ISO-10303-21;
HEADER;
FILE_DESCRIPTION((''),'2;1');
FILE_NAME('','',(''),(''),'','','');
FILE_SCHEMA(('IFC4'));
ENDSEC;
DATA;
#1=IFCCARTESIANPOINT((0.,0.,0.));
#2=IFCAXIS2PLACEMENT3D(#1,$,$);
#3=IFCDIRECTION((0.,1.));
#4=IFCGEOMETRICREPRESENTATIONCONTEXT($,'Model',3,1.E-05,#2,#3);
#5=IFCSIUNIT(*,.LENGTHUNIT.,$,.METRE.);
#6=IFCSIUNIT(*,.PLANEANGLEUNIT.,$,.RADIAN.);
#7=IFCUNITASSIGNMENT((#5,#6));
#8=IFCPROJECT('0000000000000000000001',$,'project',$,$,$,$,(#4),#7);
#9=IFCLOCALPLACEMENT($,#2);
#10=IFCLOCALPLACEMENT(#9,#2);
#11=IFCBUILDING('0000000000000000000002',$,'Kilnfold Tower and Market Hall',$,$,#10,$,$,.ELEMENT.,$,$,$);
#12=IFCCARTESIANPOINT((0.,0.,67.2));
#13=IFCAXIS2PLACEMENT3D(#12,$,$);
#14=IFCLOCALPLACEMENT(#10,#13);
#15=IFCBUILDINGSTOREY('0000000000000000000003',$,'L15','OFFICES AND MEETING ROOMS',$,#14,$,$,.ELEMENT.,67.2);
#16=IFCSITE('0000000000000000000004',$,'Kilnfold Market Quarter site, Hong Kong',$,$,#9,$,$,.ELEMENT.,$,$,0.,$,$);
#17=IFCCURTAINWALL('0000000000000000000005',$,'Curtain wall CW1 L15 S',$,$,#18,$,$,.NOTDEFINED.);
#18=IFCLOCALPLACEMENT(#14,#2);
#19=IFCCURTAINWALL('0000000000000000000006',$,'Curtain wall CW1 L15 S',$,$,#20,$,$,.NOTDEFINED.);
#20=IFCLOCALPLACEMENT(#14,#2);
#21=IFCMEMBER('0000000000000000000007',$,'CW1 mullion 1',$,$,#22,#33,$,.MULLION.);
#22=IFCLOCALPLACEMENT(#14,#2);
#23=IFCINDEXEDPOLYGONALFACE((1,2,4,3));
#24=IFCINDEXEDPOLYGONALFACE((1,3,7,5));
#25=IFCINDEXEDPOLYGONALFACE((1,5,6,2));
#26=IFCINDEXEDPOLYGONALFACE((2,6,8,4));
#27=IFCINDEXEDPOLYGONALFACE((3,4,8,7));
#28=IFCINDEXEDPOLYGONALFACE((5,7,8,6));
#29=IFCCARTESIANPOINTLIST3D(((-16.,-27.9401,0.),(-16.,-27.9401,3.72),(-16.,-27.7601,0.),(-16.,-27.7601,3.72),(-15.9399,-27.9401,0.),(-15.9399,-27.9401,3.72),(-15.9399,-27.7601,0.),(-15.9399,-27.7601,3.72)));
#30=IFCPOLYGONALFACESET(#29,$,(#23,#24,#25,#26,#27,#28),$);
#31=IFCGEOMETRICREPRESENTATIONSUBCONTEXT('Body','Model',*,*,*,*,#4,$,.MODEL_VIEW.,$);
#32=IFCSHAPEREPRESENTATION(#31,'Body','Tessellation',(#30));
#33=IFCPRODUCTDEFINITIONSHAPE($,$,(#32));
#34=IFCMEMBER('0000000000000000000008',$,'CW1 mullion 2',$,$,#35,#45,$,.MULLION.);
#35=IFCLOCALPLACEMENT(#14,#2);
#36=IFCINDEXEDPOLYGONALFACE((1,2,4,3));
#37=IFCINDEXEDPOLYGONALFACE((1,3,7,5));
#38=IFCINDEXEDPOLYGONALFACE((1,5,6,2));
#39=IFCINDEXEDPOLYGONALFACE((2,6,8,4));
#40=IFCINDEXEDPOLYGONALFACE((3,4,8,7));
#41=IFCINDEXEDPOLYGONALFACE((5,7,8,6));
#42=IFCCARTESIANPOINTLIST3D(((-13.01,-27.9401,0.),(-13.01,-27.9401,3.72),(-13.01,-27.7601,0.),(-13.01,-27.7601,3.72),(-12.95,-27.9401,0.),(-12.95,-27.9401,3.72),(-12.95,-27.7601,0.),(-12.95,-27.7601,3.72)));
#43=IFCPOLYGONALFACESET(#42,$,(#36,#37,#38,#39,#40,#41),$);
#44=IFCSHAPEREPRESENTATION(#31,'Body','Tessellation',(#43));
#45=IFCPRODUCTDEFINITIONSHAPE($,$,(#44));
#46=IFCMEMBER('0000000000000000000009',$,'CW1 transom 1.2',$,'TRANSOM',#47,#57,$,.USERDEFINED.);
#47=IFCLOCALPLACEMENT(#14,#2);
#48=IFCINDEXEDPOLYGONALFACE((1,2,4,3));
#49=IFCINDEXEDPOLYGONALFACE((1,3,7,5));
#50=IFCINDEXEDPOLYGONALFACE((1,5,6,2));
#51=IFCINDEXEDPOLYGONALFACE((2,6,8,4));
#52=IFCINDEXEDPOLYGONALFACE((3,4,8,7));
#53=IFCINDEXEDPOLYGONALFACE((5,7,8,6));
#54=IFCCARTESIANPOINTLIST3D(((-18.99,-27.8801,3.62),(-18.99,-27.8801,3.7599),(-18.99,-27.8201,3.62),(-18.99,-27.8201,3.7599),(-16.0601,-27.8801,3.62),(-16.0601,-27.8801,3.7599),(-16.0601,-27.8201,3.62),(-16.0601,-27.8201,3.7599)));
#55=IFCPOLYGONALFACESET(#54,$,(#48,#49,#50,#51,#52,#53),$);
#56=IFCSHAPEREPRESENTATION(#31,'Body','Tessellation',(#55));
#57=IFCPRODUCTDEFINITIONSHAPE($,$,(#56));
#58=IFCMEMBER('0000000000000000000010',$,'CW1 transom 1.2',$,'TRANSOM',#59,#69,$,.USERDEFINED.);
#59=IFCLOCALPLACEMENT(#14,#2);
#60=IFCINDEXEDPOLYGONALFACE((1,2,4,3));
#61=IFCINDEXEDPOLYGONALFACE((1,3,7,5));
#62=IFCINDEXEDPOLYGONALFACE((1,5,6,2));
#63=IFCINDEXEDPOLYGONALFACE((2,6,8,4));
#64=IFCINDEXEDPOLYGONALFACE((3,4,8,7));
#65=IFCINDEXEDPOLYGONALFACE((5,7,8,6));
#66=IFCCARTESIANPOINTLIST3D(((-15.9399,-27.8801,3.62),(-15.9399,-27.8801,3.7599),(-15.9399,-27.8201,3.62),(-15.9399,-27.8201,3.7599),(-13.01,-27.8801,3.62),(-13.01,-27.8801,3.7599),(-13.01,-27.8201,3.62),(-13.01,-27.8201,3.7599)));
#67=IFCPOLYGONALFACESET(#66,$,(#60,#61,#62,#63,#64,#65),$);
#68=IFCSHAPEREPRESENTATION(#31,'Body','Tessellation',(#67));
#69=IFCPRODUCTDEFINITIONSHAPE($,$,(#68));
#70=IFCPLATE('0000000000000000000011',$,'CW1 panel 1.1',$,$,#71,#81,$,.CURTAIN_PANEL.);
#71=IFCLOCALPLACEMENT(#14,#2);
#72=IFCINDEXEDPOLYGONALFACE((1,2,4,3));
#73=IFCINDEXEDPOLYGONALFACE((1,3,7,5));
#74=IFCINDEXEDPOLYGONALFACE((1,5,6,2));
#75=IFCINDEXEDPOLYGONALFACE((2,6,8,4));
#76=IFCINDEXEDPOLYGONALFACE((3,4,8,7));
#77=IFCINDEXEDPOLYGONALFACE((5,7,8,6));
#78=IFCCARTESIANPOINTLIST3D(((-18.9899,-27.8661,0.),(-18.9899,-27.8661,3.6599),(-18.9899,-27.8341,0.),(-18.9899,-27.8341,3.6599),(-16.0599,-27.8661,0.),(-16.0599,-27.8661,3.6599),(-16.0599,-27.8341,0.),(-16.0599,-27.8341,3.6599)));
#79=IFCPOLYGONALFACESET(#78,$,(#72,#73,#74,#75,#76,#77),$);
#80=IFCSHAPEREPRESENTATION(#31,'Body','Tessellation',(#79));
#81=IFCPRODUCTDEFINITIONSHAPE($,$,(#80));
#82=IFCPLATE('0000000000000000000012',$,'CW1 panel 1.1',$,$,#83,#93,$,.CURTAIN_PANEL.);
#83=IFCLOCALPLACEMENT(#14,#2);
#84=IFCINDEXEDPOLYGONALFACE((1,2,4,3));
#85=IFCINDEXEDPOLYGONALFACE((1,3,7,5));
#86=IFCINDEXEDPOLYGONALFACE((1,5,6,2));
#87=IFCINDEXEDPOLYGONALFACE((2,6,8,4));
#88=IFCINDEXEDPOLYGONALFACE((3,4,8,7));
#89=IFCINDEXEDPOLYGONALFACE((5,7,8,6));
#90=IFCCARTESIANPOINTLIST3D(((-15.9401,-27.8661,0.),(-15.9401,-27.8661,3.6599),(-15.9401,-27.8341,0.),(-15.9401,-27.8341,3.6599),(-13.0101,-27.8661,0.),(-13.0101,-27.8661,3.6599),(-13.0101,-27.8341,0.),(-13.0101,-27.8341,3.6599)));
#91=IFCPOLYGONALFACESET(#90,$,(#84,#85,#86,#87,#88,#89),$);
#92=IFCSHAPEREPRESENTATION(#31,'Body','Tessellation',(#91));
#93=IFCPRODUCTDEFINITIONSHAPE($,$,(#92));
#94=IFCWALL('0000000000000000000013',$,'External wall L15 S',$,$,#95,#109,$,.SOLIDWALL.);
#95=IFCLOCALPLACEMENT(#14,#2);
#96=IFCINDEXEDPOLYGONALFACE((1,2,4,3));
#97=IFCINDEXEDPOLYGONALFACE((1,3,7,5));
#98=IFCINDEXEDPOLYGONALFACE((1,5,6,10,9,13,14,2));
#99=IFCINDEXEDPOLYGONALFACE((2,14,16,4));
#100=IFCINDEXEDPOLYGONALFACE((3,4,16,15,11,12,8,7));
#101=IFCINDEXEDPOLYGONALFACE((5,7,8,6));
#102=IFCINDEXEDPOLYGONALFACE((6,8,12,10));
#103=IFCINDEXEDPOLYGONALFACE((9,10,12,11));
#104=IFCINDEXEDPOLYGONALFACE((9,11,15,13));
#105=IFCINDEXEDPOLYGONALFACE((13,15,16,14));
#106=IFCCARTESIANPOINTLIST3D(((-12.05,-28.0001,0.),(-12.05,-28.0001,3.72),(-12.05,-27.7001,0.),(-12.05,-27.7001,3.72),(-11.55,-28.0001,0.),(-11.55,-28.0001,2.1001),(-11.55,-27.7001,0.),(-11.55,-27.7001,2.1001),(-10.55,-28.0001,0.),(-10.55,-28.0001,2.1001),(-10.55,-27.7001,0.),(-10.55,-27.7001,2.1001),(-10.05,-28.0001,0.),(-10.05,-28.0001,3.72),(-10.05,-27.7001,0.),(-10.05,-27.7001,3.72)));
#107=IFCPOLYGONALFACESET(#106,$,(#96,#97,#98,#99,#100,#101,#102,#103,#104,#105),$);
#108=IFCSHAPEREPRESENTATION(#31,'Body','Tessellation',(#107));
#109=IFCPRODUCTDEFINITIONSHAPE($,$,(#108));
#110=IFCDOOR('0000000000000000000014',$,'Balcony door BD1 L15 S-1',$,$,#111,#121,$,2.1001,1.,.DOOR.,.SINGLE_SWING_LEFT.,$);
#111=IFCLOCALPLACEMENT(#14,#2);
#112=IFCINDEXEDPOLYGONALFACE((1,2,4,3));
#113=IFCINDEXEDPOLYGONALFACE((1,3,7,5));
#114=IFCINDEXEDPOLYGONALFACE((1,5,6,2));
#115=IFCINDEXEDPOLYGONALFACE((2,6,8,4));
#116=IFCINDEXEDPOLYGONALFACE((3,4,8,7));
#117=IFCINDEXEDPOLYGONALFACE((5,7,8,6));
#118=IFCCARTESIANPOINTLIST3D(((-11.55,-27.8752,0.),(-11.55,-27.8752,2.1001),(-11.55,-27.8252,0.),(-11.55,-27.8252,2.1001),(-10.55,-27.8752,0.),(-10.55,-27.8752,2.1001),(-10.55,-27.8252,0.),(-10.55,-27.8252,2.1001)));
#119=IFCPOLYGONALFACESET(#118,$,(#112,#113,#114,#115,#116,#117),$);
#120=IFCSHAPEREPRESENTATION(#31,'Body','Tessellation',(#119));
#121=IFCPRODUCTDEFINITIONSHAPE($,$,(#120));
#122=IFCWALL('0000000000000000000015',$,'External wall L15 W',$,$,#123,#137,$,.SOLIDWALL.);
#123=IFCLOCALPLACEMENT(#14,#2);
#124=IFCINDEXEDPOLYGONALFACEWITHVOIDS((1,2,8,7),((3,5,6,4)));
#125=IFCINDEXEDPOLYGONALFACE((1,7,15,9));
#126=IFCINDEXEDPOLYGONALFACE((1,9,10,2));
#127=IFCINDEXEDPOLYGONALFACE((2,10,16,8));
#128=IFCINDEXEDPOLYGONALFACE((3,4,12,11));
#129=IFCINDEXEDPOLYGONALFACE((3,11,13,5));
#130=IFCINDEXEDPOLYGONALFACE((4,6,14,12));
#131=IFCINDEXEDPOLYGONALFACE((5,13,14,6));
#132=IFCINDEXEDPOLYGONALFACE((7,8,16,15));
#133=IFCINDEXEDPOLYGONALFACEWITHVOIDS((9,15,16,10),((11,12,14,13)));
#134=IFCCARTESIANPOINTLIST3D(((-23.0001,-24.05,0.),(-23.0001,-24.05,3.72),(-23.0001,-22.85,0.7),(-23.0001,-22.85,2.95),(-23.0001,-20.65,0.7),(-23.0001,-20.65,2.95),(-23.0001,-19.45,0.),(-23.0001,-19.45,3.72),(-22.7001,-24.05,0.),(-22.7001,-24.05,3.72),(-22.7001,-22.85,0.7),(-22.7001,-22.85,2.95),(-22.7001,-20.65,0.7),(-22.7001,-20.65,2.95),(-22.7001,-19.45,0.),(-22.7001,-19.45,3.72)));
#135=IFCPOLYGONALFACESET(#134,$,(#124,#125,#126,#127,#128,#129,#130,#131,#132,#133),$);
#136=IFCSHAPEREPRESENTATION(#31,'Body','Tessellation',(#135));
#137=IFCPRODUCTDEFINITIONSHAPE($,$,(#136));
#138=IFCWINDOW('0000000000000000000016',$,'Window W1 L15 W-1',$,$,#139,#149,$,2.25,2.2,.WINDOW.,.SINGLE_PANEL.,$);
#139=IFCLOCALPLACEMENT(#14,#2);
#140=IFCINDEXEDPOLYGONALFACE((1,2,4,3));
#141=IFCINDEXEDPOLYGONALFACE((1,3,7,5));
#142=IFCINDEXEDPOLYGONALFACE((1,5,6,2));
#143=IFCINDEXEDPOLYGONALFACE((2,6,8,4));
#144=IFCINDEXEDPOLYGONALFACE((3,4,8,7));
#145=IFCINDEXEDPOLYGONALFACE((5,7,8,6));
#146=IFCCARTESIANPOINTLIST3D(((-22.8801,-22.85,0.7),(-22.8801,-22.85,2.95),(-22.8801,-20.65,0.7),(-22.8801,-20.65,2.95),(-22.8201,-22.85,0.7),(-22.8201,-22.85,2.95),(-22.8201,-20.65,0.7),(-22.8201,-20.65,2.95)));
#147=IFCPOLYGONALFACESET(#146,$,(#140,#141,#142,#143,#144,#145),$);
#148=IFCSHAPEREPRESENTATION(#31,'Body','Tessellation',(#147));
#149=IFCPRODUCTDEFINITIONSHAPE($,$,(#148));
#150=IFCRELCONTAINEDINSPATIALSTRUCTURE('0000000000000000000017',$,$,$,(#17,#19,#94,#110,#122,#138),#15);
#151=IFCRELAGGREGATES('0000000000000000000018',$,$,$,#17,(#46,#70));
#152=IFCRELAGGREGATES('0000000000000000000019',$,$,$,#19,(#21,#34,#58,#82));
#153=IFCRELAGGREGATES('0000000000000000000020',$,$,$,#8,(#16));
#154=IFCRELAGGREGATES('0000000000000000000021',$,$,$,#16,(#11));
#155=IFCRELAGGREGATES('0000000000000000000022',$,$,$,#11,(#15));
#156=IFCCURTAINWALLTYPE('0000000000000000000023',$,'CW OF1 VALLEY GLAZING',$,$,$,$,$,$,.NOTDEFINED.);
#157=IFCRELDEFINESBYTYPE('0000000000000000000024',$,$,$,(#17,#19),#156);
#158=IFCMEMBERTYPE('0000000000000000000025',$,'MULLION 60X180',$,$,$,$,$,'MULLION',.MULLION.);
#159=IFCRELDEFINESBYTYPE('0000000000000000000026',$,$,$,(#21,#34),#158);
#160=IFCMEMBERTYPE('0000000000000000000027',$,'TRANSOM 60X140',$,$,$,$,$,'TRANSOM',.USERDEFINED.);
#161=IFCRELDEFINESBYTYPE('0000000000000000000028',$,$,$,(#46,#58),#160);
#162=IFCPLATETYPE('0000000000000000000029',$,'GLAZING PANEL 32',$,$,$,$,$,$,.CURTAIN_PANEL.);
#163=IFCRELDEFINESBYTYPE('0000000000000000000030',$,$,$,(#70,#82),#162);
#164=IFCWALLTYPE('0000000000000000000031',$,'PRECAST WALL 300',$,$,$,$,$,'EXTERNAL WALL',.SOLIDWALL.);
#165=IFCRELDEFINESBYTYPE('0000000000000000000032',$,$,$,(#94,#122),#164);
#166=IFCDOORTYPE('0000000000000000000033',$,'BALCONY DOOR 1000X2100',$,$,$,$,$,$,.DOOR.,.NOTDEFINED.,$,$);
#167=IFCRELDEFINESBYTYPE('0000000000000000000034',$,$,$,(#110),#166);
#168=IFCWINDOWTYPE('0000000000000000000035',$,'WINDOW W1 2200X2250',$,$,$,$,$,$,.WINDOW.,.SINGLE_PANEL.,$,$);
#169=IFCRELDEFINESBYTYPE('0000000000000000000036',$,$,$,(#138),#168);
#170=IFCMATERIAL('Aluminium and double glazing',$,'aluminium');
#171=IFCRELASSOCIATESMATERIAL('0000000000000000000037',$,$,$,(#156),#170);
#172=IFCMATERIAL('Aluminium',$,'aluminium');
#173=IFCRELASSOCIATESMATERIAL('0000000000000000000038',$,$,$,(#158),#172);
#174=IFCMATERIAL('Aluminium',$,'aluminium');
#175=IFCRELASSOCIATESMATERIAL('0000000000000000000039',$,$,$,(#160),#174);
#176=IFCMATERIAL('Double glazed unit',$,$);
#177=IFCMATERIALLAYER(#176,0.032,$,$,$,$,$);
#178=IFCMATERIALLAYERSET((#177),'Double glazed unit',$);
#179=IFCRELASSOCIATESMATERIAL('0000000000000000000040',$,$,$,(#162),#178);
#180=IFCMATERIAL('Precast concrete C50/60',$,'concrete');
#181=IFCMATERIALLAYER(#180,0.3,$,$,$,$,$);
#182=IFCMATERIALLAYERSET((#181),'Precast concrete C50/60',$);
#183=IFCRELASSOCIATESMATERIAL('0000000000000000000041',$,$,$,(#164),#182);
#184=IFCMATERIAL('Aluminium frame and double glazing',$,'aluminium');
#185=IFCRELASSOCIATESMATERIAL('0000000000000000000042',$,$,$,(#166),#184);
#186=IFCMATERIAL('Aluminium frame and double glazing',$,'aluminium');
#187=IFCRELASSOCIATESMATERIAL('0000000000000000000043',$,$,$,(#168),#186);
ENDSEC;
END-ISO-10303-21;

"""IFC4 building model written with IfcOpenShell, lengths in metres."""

from ifc_helpers import new_model, si_unit, direction, frame, frame_2d, origin, origin_2d, place, context, subcontext, project, spatial, rectangle, extrude, source, transform, mapped, material, layer, layer_set, material_profile, profile_set, type_object, element, fill, aggregate, save


model = new_model("IFC4")

# Units and contexts
model_context = context("Model", 3, precision=1e-05, world=origin(), true_north=direction((0.0, 1.0)))
body_context = subcontext(model_context, "Body", "Model", "MODEL_VIEW")
ifc_project = project(units=[si_unit("LENGTHUNIT", "METRE"), si_unit("PLANEANGLEUNIT", "RADIAN")], contexts=[model_context])

# Site, building, storey
site_placement = place(None, origin())
site = spatial("IfcSite", under=ifc_project, at=site_placement, Name="Kilnfold Market Quarter site, Hong Kong", CompositionType="ELEMENT", RefElevation=0.0)
building_placement = place(site_placement, origin())
building = spatial("IfcBuilding", under=site, at=building_placement, Name="Kilnfold Tower and Market Hall", CompositionType="ELEMENT")
storey_placement = place(building_placement, frame((0.0, 0.0, 67.2)))
storey = spatial("IfcBuildingStorey", under=building, at=storey_placement, Name="L15", Description="OFFICES AND MEETING ROOMS", CompositionType="ELEMENT", Elevation=67.2)

# Curtain walls, members
ifc_material_1 = material(Name="Aluminium and double glazing", Category="aluminium")
curtain_wall_type = type_object("IfcCurtainWallType", Name="CW OF1 VALLEY GLAZING", PredefinedType="NOTDEFINED", material=ifc_material_1)
curtain_wall_1_placement = place(storey_placement, origin())
curtain_wall_1 = element("IfcCurtainWall", 1, at=curtain_wall_1_placement, inside=storey, type_object=curtain_wall_type, Name="Curtain wall CW1 L15 S", PredefinedType="NOTDEFINED")
ifc_material_2 = material(Name="Aluminium", Category="aluminium")
ifc_material_profile_1 = material_profile(ifc_material_2, rectangle(XDim=0.0601, YDim=0.1799, at=origin_2d()), Name="MULLION 60x180")
ifc_profile_set_1 = profile_set([ifc_material_profile_1], Name="Aluminium")
member_type_1 = type_object("IfcMemberType", Name="MULLION 60X180", ElementType="MULLION", PredefinedType="MULLION", material=ifc_profile_set_1)
shared_shape_1 = source(origin(), body_context, "Body", "SweptSolid", [
    extrude(rectangle(XDim=0.0601, YDim=0.1799, at=origin_2d()), origin(), (0.0, 0.0, 1.0), 3.72),
])
curtain_wall_2_placement = place(storey_placement, origin())
curtain_wall_2 = element("IfcCurtainWall", 2, at=curtain_wall_2_placement, inside=storey, type_object=curtain_wall_type, Name="Curtain wall CW1 L15 S", PredefinedType="NOTDEFINED")
member_1_placement = place(storey_placement, frame((-15.97, -27.8501, 0.0), z_axis=(0.0, 0.0, 1.0), x_axis=(1.0, 0.0, 0.0)))
member_1 = element("IfcMember", 3, at=member_1_placement, type_object=member_type_1, Name="CW1 mullion 1", PredefinedType="MULLION", context=body_context, shape_type="MappedRepresentation", body=[
    mapped(shared_shape_1, transform((0.0, 0.0, 0.0))),
])
member_2_placement = place(storey_placement, frame((-12.98, -27.8501, 0.0), z_axis=(0.0, 0.0, 1.0), x_axis=(1.0, 0.0, 0.0)))
member_2 = element("IfcMember", 4, at=member_2_placement, type_object=member_type_1, Name="CW1 mullion 2", PredefinedType="MULLION", context=body_context, shape_type="MappedRepresentation", body=[
    mapped(shared_shape_1, transform((0.0, 0.0, 0.0))),
])

# Members
ifc_material_3 = material(Name="Aluminium", Category="aluminium")
ifc_material_profile_2 = material_profile(ifc_material_3, rectangle(XDim=0.0601, YDim=0.1399, at=origin_2d()), Name="TRANSOM 60x140")
ifc_profile_set_2 = profile_set([ifc_material_profile_2], Name="Aluminium")
member_type_2 = type_object("IfcMemberType", Name="TRANSOM 60X140", ElementType="TRANSOM", PredefinedType="USERDEFINED", material=ifc_profile_set_2)
shared_shape_2 = source(origin(), body_context, "Body", "SweptSolid", [
    extrude(rectangle(XDim=0.0601, YDim=0.1399, at=origin_2d()), origin(), (0.0, 0.0, 1.0), 2.9299),
])
member_3_placement = place(storey_placement, frame((-18.99, -27.8501, 3.6899), z_axis=(1.0, 0.0, 0.0), x_axis=(0.0, 1.0, 0.0)))
member_3 = element("IfcMember", 5, at=member_3_placement, type_object=member_type_2, Name="CW1 transom 1.2", ObjectType="TRANSOM", PredefinedType="USERDEFINED", context=body_context, shape_type="MappedRepresentation", body=[
    mapped(shared_shape_2, transform((0.0, 0.0, 0.0))),
])
member_4_placement = place(storey_placement, frame((-15.9399, -27.8501, 3.6899), z_axis=(1.0, 0.0, 0.0), x_axis=(0.0, 1.0, 0.0)))
member_4 = element("IfcMember", 6, at=member_4_placement, type_object=member_type_2, Name="CW1 transom 1.2", ObjectType="TRANSOM", PredefinedType="USERDEFINED", context=body_context, shape_type="MappedRepresentation", body=[
    mapped(shared_shape_2, transform((0.0, 0.0, 0.0))),
])

# Plates
ifc_material_4 = material(Name="Double glazed unit")
ifc_layer_1 = layer(ifc_material_4, 0.032)
ifc_layer_set_1 = layer_set([ifc_layer_1], Name="Double glazed unit")
plate_type = type_object("IfcPlateType", Name="GLAZING PANEL 32", PredefinedType="CURTAIN_PANEL", material=ifc_layer_set_1)
shared_shape_3 = source(origin(), body_context, "Body", "SweptSolid", [
    extrude(rectangle(XDim=2.9299, YDim=0.032, at=origin_2d()), origin(), (0.0, 0.0, 1.0), 3.6599),
])
plate_1_placement = place(storey_placement, frame((-17.5249, -27.8501, 0.0), z_axis=(0.0, 0.0, 1.0), x_axis=(1.0, 0.0, 0.0)))
plate_1 = element("IfcPlate", 7, at=plate_1_placement, type_object=plate_type, Name="CW1 panel 1.1", PredefinedType="CURTAIN_PANEL", context=body_context, shape_type="MappedRepresentation", body=[
    mapped(shared_shape_3, transform((0.0, 0.0, 0.0))),
])
aggregate(curtain_wall_1, [member_3, plate_1])
plate_2_placement = place(storey_placement, frame((-14.4751, -27.8501, 0.0), z_axis=(0.0, 0.0, 1.0), x_axis=(1.0, 0.0, 0.0)))
plate_2 = element("IfcPlate", 8, at=plate_2_placement, type_object=plate_type, Name="CW1 panel 1.1", PredefinedType="CURTAIN_PANEL", context=body_context, shape_type="MappedRepresentation", body=[
    mapped(shared_shape_3, transform((0.0, 0.0, 0.0))),
])
aggregate(curtain_wall_2, [member_1, member_2, member_4, plate_2])

# Wall, opening, door
ifc_material_5 = material(Name="Precast concrete C50/60", Category="concrete")
ifc_layer_2 = layer(ifc_material_5, 0.3)
ifc_layer_set_2 = layer_set([ifc_layer_2], Name="Precast concrete C50/60")
wall_type = type_object("IfcWallType", Name="PRECAST WALL 300", ElementType="EXTERNAL WALL", PredefinedType="SOLIDWALL", material=ifc_layer_set_2)
shared_shape_4 = source(origin(), body_context, "Body", "SweptSolid", [
    extrude(rectangle(XDim=2.0, YDim=0.3, at=frame_2d((1.0, 0.0))), origin(), (0.0, 0.0, 1.0), 3.72),
])
wall_1_placement = place(storey_placement, frame((-12.05, -27.8501, 0.0), z_axis=(0.0, 0.0, 1.0), x_axis=(1.0, 0.0, 0.0)))
wall_1 = element("IfcWall", 9, at=wall_1_placement, inside=storey, type_object=wall_type, Name="External wall L15 S", PredefinedType="SOLIDWALL", context=body_context, shape_type="MappedRepresentation", body=[
    mapped(shared_shape_4, transform((0.0, 0.0, 0.0))),
])
opening_1_placement = place(wall_1_placement, frame((0.5, 0.0, 0.0)))
opening_1 = element("IfcOpeningElement", 10, at=opening_1_placement, cuts=wall_1, PredefinedType="OPENING", context=body_context, shape_type="SweptSolid", body=[
    extrude(rectangle(XDim=1.0, YDim=2.1001, at=frame_2d((0.5, 1.05))), frame((0.0, 0.1602, 0.0), z_axis=(0.0, -1.0, 0.0), x_axis=(1.0, 0.0, 0.0)), (0.0, 0.0, 1.0), 0.3201),
])
ifc_material_6 = material(Name="Aluminium frame and double glazing", Category="aluminium")
door_type = type_object("IfcDoorType", Name="BALCONY DOOR 1000X2100", OperationType="NOTDEFINED", PredefinedType="DOOR", material=ifc_material_6)
door_placement = place(opening_1_placement, origin())
door = element("IfcDoor", 11, at=door_placement, inside=storey, type_object=door_type, Name="Balcony door BD1 L15 S-1", OperationType="SINGLE_SWING_LEFT", OverallHeight=2.1001, OverallWidth=1.0, PredefinedType="DOOR", context=body_context, shape_type="SweptSolid", body=[
    extrude(rectangle(XDim=1.0, YDim=2.1001, at=frame_2d((0.5, 1.05))), frame((0.0, 0.0249, 0.0), z_axis=(0.0, -1.0, 0.0), x_axis=(1.0, 0.0, 0.0)), (0.0, 0.0, 1.0), 0.05),
])
fill(opening_1, door)

# Wall, opening, window
shared_shape_5 = source(origin(), body_context, "Body", "SweptSolid", [
    extrude(rectangle(XDim=4.6001, YDim=0.3, at=frame_2d((2.3, 0.0))), origin(), (0.0, 0.0, 1.0), 3.72),
])
wall_2_placement = place(storey_placement, frame((-22.8501, -19.45, 0.0), z_axis=(0.0, 0.0, 1.0), x_axis=(0.0, -1.0, 0.0)))
wall_2 = element("IfcWall", 12, at=wall_2_placement, inside=storey, type_object=wall_type, Name="External wall L15 W", PredefinedType="SOLIDWALL", context=body_context, shape_type="MappedRepresentation", body=[
    mapped(shared_shape_5, transform((0.0, 0.0, 0.0))),
])
opening_2_placement = place(wall_2_placement, frame((1.2, 0.0, 0.7)))
opening_2 = element("IfcOpeningElement", 13, at=opening_2_placement, cuts=wall_2, PredefinedType="OPENING", context=body_context, shape_type="SweptSolid", body=[
    extrude(rectangle(XDim=2.2, YDim=2.25, at=frame_2d((1.1001, 1.125))), frame((0.0, 0.1602, 0.0), z_axis=(0.0, -1.0, 0.0), x_axis=(1.0, 0.0, 0.0)), (0.0, 0.0, 1.0), 0.3201),
])
ifc_material_7 = material(Name="Aluminium frame and double glazing", Category="aluminium")
window_type = type_object("IfcWindowType", Name="WINDOW W1 2200X2250", PartitioningType="SINGLE_PANEL", PredefinedType="WINDOW", material=ifc_material_7)
window_1_placement = place(opening_2_placement, origin())
window_1 = element("IfcWindow", 14, at=window_1_placement, inside=storey, type_object=window_type, Name="Window W1 L15 W-1", OverallHeight=2.25, OverallWidth=2.2, PartitioningType="SINGLE_PANEL", PredefinedType="WINDOW", context=body_context, shape_type="SweptSolid", body=[
    extrude(rectangle(XDim=2.2, YDim=2.25, at=frame_2d((1.1001, 1.125))), frame((0.0, 0.03, 0.0), z_axis=(0.0, -1.0, 0.0), x_axis=(1.0, 0.0, 0.0)), (0.0, 0.0, 1.0), 0.0601),
])
fill(opening_2, window_1)

save(model, "model.ifc")
